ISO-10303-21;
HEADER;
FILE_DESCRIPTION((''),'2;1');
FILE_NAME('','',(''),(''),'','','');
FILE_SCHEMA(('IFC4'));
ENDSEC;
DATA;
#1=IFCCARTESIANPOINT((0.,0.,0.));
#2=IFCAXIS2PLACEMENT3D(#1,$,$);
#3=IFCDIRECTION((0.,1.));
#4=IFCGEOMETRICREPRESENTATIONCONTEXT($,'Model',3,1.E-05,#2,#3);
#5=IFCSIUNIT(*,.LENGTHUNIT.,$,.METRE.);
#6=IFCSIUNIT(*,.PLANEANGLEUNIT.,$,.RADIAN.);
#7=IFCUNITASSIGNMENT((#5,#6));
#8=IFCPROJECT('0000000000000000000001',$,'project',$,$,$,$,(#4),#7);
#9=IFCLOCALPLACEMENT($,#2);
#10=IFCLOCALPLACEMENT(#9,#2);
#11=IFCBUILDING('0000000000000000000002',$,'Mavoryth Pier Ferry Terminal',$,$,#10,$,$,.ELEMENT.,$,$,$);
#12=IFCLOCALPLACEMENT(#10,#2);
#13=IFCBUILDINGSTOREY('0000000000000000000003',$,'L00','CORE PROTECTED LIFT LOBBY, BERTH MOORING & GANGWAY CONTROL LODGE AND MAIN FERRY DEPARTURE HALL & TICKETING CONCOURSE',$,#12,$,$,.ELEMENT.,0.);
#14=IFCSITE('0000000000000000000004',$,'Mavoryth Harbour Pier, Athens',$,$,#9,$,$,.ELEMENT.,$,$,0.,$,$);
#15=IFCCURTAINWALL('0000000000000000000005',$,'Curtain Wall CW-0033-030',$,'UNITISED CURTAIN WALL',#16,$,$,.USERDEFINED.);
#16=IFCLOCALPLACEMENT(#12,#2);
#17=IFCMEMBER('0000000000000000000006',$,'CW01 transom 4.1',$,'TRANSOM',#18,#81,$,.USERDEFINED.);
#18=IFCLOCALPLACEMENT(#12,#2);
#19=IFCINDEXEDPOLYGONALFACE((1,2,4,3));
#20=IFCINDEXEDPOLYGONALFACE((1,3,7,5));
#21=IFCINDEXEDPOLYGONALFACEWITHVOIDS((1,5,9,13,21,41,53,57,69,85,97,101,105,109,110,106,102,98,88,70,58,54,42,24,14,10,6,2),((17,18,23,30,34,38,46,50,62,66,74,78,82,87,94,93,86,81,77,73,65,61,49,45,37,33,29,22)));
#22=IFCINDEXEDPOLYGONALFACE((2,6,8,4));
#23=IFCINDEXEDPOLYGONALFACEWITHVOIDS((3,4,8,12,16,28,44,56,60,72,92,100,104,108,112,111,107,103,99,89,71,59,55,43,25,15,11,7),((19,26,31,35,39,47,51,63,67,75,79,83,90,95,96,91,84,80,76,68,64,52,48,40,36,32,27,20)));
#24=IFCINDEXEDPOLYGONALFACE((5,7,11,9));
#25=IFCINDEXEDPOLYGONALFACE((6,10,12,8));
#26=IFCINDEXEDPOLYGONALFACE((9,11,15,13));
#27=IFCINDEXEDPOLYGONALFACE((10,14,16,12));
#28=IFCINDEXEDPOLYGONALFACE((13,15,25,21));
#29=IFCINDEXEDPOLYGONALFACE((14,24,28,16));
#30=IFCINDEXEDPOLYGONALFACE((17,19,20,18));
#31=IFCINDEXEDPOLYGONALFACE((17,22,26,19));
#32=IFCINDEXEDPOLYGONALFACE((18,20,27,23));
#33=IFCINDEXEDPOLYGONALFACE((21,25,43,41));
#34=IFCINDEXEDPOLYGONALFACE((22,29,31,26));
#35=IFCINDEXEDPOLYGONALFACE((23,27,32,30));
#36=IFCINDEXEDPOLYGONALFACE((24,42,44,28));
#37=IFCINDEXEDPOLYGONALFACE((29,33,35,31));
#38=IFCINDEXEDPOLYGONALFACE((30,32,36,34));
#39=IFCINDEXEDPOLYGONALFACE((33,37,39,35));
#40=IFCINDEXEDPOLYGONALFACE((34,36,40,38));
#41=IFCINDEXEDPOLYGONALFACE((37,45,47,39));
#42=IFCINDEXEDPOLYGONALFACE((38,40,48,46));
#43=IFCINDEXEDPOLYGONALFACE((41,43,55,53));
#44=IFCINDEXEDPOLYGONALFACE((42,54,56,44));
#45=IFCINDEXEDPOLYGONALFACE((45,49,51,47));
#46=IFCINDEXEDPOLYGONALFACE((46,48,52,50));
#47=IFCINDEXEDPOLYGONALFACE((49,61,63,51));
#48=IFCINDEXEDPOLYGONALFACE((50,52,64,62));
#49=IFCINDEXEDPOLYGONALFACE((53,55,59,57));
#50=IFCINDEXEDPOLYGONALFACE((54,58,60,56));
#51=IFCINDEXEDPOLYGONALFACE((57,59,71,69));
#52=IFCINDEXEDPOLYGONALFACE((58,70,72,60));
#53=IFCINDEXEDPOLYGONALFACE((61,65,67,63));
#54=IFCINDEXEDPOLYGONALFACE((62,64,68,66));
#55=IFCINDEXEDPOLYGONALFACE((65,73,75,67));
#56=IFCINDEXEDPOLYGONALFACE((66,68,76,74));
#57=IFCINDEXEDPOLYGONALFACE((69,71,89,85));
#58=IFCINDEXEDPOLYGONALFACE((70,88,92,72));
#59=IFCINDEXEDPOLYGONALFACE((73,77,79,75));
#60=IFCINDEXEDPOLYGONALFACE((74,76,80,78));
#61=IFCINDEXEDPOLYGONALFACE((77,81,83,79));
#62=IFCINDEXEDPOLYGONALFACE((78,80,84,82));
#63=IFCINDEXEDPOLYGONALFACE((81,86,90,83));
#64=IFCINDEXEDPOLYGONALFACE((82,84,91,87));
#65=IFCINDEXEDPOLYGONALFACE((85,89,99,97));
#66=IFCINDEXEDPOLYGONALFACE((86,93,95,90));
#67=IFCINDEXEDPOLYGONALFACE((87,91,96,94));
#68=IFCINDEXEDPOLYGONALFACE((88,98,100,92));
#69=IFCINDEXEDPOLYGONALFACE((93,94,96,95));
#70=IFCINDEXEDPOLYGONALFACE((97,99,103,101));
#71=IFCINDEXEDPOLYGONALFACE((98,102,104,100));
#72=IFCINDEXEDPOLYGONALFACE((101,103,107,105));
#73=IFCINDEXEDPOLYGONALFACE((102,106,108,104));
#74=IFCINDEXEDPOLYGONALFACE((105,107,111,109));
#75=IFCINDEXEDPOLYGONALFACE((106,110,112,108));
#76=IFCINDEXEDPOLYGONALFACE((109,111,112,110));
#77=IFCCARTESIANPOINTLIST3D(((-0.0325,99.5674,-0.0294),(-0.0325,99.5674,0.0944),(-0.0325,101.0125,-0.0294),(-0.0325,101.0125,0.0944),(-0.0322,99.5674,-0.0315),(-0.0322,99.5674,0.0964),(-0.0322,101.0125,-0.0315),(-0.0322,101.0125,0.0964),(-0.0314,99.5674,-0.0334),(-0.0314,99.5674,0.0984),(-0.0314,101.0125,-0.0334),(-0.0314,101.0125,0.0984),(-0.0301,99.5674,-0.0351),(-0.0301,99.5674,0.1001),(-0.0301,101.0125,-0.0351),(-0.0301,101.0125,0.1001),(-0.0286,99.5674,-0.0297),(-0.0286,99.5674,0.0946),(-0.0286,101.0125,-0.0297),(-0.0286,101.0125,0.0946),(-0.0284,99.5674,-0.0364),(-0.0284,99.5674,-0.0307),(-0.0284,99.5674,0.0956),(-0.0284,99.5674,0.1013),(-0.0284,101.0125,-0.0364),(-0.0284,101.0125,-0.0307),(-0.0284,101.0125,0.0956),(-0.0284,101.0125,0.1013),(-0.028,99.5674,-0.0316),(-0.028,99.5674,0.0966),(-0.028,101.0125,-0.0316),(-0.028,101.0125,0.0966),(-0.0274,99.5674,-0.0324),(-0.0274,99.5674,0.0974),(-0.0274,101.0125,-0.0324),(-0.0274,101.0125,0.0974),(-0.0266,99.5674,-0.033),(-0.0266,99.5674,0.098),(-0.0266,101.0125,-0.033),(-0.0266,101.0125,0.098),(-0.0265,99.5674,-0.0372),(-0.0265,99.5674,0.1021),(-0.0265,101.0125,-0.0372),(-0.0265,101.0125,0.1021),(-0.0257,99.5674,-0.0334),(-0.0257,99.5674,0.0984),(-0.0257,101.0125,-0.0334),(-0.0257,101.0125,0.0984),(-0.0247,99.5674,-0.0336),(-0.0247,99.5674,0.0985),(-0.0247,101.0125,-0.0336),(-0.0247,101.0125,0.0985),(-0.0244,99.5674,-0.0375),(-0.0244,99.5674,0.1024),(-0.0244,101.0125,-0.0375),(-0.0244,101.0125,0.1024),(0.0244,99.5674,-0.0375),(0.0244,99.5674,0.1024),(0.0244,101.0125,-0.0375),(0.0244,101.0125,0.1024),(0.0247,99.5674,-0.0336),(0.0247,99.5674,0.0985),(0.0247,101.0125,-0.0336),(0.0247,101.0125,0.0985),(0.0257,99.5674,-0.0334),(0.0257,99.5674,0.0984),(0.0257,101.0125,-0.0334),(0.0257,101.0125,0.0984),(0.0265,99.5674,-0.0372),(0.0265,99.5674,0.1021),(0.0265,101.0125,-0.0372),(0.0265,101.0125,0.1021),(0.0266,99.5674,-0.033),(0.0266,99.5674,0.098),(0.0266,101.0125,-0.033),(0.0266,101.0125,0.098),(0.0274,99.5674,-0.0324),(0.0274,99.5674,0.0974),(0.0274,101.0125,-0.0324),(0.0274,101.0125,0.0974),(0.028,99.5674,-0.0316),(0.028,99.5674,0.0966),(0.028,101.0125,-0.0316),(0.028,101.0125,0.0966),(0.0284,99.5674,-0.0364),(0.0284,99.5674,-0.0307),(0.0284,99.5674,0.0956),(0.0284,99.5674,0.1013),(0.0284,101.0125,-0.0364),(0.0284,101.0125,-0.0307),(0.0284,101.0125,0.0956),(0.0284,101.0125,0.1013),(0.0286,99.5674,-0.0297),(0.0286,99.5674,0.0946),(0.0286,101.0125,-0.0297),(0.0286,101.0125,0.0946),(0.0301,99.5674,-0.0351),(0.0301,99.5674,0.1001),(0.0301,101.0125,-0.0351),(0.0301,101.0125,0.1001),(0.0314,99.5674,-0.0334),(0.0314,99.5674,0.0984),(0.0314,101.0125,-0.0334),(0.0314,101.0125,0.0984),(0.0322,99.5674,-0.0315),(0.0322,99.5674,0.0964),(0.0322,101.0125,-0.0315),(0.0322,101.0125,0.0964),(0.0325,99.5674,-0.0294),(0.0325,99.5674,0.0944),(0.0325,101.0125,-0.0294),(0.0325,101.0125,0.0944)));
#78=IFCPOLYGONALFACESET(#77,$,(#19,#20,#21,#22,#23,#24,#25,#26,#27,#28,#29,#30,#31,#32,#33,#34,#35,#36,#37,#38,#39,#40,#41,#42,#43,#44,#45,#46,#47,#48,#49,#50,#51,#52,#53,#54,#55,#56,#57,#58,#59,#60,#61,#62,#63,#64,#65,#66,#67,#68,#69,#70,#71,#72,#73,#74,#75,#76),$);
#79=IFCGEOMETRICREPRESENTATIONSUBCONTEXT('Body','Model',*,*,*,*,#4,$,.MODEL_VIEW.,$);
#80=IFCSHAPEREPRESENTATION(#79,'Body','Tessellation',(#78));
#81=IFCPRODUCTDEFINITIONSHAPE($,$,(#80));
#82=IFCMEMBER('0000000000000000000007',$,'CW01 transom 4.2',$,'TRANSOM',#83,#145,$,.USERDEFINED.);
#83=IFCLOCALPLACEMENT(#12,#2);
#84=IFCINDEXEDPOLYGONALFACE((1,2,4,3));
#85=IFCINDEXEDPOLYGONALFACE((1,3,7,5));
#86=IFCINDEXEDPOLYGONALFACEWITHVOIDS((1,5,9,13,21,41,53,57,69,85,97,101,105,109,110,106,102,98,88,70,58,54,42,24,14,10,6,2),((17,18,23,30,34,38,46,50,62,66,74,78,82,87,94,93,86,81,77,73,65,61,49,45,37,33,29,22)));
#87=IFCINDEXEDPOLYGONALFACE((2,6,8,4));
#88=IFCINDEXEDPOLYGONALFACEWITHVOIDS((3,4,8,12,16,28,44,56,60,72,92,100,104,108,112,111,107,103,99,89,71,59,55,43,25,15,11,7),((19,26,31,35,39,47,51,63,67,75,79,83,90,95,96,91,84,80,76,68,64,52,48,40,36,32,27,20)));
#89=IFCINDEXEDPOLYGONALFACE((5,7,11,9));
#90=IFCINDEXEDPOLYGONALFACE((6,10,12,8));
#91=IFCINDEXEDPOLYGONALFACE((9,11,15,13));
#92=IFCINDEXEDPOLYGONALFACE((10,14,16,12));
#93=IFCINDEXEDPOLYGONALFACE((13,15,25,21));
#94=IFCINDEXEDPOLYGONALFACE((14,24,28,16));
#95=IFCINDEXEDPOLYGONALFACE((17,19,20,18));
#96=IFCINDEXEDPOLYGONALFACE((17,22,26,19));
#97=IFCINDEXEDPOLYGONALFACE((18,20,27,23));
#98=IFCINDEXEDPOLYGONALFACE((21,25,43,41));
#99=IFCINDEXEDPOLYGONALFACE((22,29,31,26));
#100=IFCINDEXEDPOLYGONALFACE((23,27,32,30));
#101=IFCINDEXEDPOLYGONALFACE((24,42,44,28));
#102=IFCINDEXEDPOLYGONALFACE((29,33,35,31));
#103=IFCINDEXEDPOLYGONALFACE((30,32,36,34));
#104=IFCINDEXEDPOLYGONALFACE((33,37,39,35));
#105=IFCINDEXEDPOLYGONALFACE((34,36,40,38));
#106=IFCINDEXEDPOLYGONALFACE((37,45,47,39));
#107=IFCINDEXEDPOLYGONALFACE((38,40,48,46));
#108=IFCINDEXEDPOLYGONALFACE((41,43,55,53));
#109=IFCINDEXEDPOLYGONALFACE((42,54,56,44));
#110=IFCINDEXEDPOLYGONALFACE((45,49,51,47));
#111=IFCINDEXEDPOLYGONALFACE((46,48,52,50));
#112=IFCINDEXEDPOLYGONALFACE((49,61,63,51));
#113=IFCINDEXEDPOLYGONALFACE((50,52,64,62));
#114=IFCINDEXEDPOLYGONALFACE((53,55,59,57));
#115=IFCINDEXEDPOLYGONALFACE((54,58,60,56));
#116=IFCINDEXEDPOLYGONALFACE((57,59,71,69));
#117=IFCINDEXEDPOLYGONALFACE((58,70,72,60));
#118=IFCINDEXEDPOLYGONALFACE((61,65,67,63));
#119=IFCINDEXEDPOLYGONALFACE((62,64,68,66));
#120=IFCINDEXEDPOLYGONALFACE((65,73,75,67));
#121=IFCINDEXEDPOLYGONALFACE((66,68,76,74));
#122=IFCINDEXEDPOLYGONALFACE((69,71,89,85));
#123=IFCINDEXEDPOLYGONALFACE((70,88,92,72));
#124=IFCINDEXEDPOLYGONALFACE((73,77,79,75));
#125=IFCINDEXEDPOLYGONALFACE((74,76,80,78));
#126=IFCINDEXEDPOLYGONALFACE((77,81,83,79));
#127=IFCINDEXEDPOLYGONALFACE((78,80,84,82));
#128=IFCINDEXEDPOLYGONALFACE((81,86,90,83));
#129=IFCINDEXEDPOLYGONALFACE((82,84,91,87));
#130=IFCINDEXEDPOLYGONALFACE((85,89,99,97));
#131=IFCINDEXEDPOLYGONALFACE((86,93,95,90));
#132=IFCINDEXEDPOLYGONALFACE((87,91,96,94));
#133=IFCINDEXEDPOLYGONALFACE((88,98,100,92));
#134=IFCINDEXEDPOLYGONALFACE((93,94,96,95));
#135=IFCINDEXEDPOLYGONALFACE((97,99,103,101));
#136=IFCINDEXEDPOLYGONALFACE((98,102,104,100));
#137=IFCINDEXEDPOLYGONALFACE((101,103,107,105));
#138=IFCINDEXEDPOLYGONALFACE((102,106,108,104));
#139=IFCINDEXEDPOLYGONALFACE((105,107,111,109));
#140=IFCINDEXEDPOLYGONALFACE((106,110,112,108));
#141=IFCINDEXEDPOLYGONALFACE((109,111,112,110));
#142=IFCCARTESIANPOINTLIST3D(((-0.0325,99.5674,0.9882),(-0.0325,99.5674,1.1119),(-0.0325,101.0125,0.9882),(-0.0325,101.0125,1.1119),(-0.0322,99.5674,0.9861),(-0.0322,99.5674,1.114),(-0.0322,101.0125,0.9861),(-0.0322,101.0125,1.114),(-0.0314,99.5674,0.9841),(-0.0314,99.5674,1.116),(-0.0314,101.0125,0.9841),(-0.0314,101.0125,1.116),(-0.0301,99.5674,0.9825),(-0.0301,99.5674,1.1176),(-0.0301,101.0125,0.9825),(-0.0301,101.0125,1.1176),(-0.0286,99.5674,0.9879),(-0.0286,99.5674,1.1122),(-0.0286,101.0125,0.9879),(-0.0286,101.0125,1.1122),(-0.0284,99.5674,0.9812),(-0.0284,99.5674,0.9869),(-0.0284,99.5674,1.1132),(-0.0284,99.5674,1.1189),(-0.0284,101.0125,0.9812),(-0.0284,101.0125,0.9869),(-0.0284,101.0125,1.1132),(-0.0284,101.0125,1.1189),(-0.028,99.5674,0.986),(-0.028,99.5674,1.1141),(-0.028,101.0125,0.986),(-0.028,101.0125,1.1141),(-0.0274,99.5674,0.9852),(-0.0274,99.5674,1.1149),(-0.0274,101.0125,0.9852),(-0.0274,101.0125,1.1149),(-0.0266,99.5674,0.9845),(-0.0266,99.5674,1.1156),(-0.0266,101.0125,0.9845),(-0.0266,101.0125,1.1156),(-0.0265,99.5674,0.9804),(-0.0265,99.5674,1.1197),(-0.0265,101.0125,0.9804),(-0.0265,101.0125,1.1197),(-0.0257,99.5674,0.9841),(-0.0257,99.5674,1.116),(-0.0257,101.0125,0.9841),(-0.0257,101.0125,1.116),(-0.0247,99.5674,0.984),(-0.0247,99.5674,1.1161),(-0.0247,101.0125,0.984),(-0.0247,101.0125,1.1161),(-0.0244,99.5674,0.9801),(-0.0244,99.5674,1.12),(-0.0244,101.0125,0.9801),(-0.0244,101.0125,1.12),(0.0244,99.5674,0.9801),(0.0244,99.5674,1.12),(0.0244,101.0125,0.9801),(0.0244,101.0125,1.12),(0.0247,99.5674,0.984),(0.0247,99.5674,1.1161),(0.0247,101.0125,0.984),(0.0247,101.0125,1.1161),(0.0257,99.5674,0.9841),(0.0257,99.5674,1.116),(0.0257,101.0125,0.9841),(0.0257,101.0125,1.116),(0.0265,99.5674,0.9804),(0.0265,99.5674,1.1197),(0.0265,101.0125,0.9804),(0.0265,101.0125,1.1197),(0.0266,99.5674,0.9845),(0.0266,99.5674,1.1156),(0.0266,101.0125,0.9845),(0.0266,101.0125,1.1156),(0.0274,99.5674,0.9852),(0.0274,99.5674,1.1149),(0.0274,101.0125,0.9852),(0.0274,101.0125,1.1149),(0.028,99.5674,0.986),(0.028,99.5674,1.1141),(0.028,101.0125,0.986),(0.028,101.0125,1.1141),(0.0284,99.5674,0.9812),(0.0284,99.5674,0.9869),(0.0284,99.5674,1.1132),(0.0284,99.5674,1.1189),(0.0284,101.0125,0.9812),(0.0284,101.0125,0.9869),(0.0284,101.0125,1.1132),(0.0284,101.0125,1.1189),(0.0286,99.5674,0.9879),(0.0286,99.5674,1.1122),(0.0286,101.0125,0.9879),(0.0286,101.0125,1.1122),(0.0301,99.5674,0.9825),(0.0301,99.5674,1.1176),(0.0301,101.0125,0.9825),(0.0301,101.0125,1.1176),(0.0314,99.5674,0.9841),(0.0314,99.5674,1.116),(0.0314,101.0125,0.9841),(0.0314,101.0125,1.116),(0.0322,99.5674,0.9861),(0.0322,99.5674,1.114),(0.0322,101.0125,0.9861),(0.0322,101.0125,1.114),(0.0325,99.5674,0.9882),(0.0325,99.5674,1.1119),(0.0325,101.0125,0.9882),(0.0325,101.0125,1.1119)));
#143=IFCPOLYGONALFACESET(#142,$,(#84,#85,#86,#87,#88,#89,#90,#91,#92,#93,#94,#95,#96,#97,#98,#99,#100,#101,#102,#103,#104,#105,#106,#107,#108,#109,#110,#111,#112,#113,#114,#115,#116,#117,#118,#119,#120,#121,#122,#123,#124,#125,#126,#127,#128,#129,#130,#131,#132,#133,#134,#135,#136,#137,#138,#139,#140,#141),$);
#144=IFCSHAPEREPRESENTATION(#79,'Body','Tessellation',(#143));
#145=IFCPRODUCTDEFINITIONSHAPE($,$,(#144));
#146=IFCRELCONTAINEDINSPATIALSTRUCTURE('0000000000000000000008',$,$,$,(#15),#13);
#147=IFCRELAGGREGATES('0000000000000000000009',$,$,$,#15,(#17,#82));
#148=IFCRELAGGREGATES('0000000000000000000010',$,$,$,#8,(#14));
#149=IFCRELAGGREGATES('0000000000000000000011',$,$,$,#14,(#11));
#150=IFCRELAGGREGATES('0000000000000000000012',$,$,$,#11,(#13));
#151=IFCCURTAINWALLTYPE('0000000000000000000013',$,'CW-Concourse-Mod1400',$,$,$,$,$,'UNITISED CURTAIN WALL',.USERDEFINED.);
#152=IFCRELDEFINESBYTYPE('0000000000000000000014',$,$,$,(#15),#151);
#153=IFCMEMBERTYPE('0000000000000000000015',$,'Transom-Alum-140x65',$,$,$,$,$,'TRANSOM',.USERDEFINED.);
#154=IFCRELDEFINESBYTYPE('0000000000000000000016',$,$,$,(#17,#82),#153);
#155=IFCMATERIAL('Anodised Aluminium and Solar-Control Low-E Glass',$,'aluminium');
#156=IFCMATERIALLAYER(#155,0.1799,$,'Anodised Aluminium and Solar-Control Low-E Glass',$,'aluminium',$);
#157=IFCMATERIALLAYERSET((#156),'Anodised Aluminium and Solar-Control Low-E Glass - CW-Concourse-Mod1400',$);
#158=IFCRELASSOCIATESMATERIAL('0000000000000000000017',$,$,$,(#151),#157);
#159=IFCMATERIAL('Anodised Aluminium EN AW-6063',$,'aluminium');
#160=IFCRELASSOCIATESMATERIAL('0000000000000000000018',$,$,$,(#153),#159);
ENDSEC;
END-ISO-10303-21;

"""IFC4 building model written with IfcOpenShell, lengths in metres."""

from ifc_helpers import new_model, si_unit, direction, frame, origin, origin_2d, place, context, subcontext, project, spatial, hollow_rectangle, extrude, material, layer, layer_set, material_profile, profile_set, type_object, element, aggregate, save


model = new_model("IFC4")

# Units and contexts
model_context = context("Model", 3, precision=1e-05, world=origin(), true_north=direction((0.0, 1.0)))
body_context = subcontext(model_context, "Body", "Model", "MODEL_VIEW")
ifc_project = project(units=[si_unit("LENGTHUNIT", "METRE"), si_unit("PLANEANGLEUNIT", "RADIAN")], contexts=[model_context])

# Site, building, storey
site_placement = place(None, origin())
site = spatial("IfcSite", under=ifc_project, at=site_placement, Name="Mavoryth Harbour Pier, Athens", CompositionType="ELEMENT", RefElevation=0.0)
building_placement = place(site_placement, origin())
building = spatial("IfcBuilding", under=site, at=building_placement, Name="Mavoryth Pier Ferry Terminal", CompositionType="ELEMENT")
storey_placement = place(building_placement, origin())
storey = spatial("IfcBuildingStorey", under=building, at=storey_placement, Name="L00", Description="CORE PROTECTED LIFT LOBBY, BERTH MOORING & GANGWAY CONTROL LODGE AND MAIN FERRY DEPARTURE HALL & TICKETING CONCOURSE", CompositionType="ELEMENT", Elevation=0.0)

# Curtain wall, members
ifc_material_1 = material(Name="Anodised Aluminium and Solar-Control Low-E Glass", Category="aluminium")
ifc_layer_1 = layer(ifc_material_1, 0.1799, Name="Anodised Aluminium and Solar-Control Low-E Glass", Category="aluminium")
ifc_layer_set_1 = layer_set([ifc_layer_1], Name="Anodised Aluminium and Solar-Control Low-E Glass - CW-Concourse-Mod1400")
curtain_wall_type = type_object("IfcCurtainWallType", Name="CW-Concourse-Mod1400", ElementType="UNITISED CURTAIN WALL", PredefinedType="USERDEFINED", material=ifc_layer_set_1)
curtain_wall_placement = place(storey_placement, origin())
curtain_wall = element("IfcCurtainWall", 1, at=curtain_wall_placement, inside=storey, type_object=curtain_wall_type, Name="Curtain Wall CW-0033-030", ObjectType="UNITISED CURTAIN WALL", PredefinedType="USERDEFINED")
ifc_material_2 = material(Name="Anodised Aluminium EN AW-6063", Category="aluminium")
ifc_material_profile_1 = material_profile(ifc_material_2, hollow_rectangle(XDim=0.0649, YDim=0.1399, WallThickness=0.0039, InnerFilletRadius=0.0039, OuterFilletRadius=0.0081, at=origin_2d()), Name="AL-TRAN 140x65x4", Category="aluminium")
ifc_profile_set_1 = profile_set([ifc_material_profile_1], Name="Anodised Aluminium EN AW-6063 - AL-TRAN 140x65x4")
member_type_1 = type_object("IfcMemberType", Name="Transom-Alum-140x65", ElementType="TRANSOM", PredefinedType="USERDEFINED", material=ifc_profile_set_1)
member_1_placement = place(storey_placement, frame((0.0, 101.0125, 0.0325), z_axis=(0.0, -1.0, 0.0), x_axis=(1.0, 0.0, 0.0)))
member_1 = element("IfcMember", 2, at=member_1_placement, type_object=member_type_1, Name="CW01 transom 4.1", ObjectType="TRANSOM", PredefinedType="USERDEFINED", context=body_context, shape_type="SweptSolid", body=[
    extrude(hollow_rectangle(XDim=0.0649, YDim=0.1399, WallThickness=0.0039, InnerFilletRadius=0.0039, OuterFilletRadius=0.0081, at=origin_2d()), origin(), (0.0, 0.0, 1.0), 1.4451),
])
member_2_placement = place(storey_placement, frame((0.0, 101.0125, 1.05), z_axis=(0.0, -1.0, 0.0), x_axis=(1.0, 0.0, 0.0)))
member_2 = element("IfcMember", 3, at=member_2_placement, type_object=member_type_1, Name="CW01 transom 4.2", ObjectType="TRANSOM", PredefinedType="USERDEFINED", context=body_context, shape_type="SweptSolid", body=[
    extrude(hollow_rectangle(XDim=0.0649, YDim=0.1399, WallThickness=0.0039, InnerFilletRadius=0.0039, OuterFilletRadius=0.0081, at=origin_2d()), origin(), (0.0, 0.0, 1.0), 1.4451),
])
aggregate(curtain_wall, [member_1, member_2])

save(model, "model.ifc")
